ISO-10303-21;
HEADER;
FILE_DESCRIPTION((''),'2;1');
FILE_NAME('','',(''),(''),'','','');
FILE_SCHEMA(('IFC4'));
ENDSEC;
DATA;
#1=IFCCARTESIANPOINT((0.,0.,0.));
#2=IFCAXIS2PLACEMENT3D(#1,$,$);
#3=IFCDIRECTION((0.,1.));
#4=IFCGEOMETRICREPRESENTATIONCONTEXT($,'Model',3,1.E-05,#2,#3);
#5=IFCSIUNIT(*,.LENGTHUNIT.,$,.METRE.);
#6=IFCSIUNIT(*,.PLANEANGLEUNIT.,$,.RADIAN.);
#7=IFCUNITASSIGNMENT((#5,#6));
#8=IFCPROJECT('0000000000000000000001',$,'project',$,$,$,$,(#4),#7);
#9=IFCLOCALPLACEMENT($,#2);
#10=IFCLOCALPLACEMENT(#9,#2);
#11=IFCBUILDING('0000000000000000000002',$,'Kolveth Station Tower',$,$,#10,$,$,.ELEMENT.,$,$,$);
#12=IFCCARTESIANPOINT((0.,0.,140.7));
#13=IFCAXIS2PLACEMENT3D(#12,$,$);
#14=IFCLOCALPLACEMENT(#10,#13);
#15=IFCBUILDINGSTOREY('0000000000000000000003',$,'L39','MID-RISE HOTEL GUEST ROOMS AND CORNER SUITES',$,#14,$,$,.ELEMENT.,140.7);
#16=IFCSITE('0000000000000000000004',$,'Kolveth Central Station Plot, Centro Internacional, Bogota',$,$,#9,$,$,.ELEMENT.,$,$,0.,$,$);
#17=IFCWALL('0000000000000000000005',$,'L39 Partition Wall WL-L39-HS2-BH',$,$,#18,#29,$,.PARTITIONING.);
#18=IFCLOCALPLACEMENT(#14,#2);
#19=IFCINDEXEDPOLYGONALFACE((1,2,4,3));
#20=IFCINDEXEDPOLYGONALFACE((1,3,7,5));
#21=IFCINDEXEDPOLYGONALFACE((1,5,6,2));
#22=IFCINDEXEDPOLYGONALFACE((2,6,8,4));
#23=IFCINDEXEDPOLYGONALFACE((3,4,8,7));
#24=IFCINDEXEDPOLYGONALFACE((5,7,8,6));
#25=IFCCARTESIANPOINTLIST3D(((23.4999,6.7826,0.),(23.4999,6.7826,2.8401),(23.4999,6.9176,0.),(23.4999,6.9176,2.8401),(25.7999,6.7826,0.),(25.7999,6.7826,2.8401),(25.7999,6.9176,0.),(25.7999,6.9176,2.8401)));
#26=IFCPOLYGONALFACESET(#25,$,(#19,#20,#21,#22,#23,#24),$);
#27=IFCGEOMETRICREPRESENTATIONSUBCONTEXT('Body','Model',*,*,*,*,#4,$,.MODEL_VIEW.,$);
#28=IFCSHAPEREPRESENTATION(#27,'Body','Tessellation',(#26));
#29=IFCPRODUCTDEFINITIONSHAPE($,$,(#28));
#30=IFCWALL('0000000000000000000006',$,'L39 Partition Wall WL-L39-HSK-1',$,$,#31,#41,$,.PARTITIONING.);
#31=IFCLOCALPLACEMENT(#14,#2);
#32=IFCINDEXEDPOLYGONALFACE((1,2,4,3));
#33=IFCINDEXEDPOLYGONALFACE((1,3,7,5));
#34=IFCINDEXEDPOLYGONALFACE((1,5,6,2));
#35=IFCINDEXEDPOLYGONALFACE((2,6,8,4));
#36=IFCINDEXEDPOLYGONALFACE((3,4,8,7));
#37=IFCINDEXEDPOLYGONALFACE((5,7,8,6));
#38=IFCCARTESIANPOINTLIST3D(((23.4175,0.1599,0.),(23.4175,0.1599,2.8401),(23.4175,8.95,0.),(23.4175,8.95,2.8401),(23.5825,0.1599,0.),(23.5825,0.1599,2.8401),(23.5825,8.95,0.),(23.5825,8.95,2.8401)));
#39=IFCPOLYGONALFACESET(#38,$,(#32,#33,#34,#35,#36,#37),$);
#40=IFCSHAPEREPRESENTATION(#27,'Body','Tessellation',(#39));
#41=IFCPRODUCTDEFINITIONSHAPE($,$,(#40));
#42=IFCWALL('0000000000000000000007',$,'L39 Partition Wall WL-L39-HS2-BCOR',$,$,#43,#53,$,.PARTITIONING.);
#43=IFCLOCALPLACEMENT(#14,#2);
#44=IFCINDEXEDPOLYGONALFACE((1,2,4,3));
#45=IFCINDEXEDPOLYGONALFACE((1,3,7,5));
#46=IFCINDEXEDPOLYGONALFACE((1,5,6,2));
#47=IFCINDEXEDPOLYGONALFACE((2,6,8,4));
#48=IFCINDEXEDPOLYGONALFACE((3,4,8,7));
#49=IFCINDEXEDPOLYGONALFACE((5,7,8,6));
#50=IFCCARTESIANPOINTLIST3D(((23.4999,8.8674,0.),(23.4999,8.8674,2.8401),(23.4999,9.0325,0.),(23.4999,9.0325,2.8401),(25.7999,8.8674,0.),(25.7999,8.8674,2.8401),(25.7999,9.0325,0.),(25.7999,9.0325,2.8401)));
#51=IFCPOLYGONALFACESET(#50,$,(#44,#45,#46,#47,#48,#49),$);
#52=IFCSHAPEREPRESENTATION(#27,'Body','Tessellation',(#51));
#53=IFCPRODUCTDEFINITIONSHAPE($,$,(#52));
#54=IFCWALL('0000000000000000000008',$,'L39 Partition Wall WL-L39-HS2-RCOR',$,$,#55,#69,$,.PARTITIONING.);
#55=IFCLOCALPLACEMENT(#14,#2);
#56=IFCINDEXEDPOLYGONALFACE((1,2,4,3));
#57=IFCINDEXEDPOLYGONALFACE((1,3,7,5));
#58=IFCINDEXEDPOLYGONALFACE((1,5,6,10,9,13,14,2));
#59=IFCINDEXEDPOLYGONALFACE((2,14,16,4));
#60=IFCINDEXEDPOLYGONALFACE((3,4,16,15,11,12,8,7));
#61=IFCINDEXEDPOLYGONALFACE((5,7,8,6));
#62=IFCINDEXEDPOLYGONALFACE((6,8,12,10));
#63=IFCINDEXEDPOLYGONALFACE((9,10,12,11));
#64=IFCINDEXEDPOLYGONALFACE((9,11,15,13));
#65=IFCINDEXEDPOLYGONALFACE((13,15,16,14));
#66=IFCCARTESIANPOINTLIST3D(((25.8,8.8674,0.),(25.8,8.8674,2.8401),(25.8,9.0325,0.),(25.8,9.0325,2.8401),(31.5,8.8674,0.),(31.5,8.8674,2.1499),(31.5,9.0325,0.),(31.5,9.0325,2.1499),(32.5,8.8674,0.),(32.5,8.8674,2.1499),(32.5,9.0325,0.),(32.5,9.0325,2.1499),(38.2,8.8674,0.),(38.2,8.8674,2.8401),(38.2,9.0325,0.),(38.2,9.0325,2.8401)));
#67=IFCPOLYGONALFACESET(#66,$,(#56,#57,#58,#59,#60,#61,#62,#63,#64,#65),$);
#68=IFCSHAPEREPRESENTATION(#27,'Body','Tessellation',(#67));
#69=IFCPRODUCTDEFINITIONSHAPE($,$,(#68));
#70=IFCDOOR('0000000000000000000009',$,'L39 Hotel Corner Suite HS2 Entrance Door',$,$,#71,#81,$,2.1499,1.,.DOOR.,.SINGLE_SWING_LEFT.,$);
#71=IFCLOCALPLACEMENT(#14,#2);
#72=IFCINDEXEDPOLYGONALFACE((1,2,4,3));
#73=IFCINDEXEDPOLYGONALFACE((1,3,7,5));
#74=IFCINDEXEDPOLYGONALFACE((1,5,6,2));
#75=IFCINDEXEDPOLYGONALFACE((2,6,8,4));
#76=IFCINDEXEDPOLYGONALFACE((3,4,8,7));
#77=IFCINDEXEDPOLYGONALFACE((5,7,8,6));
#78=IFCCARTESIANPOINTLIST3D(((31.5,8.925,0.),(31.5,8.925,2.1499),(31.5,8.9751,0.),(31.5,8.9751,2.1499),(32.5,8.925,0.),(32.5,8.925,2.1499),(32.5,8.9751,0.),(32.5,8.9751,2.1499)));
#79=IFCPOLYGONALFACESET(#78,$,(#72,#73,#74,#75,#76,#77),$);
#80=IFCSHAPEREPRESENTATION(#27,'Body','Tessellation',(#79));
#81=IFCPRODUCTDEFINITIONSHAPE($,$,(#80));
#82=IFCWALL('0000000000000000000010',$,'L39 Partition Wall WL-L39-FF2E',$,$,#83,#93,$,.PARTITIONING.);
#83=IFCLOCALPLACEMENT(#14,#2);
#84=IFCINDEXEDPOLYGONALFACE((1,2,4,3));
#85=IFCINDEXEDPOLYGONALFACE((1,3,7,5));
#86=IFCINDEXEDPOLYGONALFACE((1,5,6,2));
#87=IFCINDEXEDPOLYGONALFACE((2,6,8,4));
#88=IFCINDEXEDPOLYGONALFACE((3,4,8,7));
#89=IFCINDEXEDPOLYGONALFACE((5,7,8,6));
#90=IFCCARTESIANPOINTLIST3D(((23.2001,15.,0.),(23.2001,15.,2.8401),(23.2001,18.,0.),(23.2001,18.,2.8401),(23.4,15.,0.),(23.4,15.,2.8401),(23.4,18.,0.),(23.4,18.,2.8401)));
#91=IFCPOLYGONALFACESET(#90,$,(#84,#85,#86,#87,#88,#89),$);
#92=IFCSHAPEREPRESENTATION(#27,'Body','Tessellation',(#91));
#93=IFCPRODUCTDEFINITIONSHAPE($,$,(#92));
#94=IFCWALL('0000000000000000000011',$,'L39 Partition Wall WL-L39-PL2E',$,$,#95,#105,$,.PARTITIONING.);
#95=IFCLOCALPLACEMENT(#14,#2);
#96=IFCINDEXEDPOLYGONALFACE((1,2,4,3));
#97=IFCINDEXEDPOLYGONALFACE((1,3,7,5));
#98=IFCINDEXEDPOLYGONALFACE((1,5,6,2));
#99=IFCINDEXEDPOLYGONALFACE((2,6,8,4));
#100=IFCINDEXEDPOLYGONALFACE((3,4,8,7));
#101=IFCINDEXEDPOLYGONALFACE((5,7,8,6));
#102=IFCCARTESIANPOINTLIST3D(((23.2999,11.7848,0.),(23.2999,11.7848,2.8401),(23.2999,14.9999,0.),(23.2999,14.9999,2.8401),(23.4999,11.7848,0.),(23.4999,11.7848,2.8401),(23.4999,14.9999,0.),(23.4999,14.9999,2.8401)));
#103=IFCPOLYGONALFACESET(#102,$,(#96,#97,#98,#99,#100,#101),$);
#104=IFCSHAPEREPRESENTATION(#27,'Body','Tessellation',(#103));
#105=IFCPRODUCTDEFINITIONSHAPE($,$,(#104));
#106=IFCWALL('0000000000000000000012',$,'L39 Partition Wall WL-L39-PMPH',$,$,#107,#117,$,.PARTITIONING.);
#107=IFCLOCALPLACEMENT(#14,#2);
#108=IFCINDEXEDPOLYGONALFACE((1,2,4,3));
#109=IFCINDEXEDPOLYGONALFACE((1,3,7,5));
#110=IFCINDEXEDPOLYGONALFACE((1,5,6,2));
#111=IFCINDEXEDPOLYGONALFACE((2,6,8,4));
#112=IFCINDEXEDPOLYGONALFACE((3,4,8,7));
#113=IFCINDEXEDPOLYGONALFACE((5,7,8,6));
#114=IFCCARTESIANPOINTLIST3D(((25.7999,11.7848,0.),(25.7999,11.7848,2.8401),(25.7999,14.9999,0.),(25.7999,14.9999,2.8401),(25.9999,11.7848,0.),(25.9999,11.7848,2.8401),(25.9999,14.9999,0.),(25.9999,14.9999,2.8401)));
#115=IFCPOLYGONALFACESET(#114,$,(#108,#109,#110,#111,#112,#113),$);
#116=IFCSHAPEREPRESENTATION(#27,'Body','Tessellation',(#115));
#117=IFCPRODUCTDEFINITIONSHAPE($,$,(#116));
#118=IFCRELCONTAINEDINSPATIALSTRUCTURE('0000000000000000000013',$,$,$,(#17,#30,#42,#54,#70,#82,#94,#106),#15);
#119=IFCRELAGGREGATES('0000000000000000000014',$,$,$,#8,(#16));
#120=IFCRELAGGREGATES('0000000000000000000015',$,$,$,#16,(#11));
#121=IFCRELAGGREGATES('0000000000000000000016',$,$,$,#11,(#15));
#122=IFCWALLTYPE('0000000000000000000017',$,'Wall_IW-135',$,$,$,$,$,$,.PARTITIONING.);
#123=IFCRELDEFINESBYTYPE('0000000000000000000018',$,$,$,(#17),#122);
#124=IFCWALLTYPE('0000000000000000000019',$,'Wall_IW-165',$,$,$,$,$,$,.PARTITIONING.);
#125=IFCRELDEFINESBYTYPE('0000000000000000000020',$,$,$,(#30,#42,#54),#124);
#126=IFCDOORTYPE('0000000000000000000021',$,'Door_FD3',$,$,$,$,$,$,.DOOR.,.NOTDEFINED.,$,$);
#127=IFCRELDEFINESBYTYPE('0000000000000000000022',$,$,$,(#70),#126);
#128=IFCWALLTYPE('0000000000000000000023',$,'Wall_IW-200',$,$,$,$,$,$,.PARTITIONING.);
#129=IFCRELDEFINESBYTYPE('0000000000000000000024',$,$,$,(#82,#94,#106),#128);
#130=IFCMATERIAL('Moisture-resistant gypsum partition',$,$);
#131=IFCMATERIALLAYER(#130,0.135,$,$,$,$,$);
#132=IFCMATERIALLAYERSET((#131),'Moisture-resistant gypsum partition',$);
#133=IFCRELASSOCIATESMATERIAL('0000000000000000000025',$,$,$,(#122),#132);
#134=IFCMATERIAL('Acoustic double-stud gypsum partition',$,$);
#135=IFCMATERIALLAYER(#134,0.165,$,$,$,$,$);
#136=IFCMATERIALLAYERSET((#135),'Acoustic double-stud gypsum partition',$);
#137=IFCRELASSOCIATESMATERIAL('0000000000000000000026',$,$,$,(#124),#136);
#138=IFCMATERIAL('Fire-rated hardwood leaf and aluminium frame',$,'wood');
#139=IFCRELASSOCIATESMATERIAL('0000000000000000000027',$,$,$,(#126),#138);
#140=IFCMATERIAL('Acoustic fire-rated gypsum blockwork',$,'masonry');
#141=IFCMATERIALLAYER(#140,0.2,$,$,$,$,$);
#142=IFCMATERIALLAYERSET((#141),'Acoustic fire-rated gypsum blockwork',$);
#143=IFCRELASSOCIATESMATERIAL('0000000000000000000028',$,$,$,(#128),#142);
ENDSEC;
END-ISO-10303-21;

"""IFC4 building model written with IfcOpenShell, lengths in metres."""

from ifc_helpers import new_model, si_unit, direction, frame, frame_2d, origin, place, context, subcontext, project, spatial, rectangle, extrude, material, layer, layer_set, type_object, element, fill, save


model = new_model("IFC4")

# Units and contexts
model_context = context("Model", 3, precision=1e-05, world=origin(), true_north=direction((0.0, 1.0)))
body_context = subcontext(model_context, "Body", "Model", "MODEL_VIEW")
ifc_project = project(units=[si_unit("LENGTHUNIT", "METRE"), si_unit("PLANEANGLEUNIT", "RADIAN")], contexts=[model_context])

# Site, building, storey
site_placement = place(None, origin())
site = spatial("IfcSite", under=ifc_project, at=site_placement, Name="Kolveth Central Station Plot, Centro Internacional, Bogota", CompositionType="ELEMENT", RefElevation=0.0)
building_placement = place(site_placement, origin())
building = spatial("IfcBuilding", under=site, at=building_placement, Name="Kolveth Station Tower", CompositionType="ELEMENT")
storey_placement = place(building_placement, frame((0.0, 0.0, 140.7)))
storey = spatial("IfcBuildingStorey", under=building, at=storey_placement, Name="L39", Description="MID-RISE HOTEL GUEST ROOMS AND CORNER SUITES", CompositionType="ELEMENT", Elevation=140.7)

# Shared definitions
ifc_material_1 = material(Name="Moisture-resistant gypsum partition")
ifc_layer_1 = layer(ifc_material_1, 0.135)
ifc_layer_set_1 = layer_set([ifc_layer_1], Name="Moisture-resistant gypsum partition")
wall_type_1 = type_object("IfcWallType", Name="Wall_IW-135", PredefinedType="PARTITIONING", material=ifc_layer_set_1)

# Walls
wall_1_placement = place(storey_placement, frame((23.5, 6.8501, 0.0), z_axis=(0.0, 0.0, 1.0), x_axis=(1.0, 0.0, 0.0)))
element("IfcWall", 1, at=wall_1_placement, inside=storey, type_object=wall_type_1, Name="L39 Partition Wall WL-L39-HS2-BH", PredefinedType="PARTITIONING", context=body_context, shape_type="SweptSolid", body=[
    extrude(rectangle(XDim=2.3, YDim=0.135, at=frame_2d((1.1499, 0.0))), origin(), (0.0, 0.0, 1.0), 2.8401),
])
ifc_material_2 = material(Name="Acoustic double-stud gypsum partition")
ifc_layer_2 = layer(ifc_material_2, 0.165)
ifc_layer_set_2 = layer_set([ifc_layer_2], Name="Acoustic double-stud gypsum partition")
wall_type_2 = type_object("IfcWallType", Name="Wall_IW-165", PredefinedType="PARTITIONING", material=ifc_layer_set_2)
wall_2_placement = place(storey_placement, frame((23.5, 0.1599, 0.0), z_axis=(0.0, 0.0, 1.0), x_axis=(0.0, 1.0, 0.0)))
element("IfcWall", 2, at=wall_2_placement, inside=storey, type_object=wall_type_2, Name="L39 Partition Wall WL-L39-HSK-1", PredefinedType="PARTITIONING", context=body_context, shape_type="SweptSolid", body=[
    extrude(rectangle(XDim=8.79, YDim=0.165, at=frame_2d((4.395, 0.0))), origin(), (0.0, 0.0, 1.0), 2.8401),
])
wall_3_placement = place(storey_placement, frame((23.5, 8.95, 0.0), z_axis=(0.0, 0.0, 1.0), x_axis=(1.0, 0.0, 0.0)))
element("IfcWall", 3, at=wall_3_placement, inside=storey, type_object=wall_type_2, Name="L39 Partition Wall WL-L39-HS2-BCOR", PredefinedType="PARTITIONING", context=body_context, shape_type="SweptSolid", body=[
    extrude(rectangle(XDim=2.3, YDim=0.165, at=frame_2d((1.1499, 0.0))), origin(), (0.0, 0.0, 1.0), 2.8401),
])

# Wall, opening, door
wall_4_placement = place(storey_placement, frame((25.8, 8.95, 0.0), z_axis=(0.0, 0.0, 1.0), x_axis=(1.0, 0.0, 0.0)))
wall_4 = element("IfcWall", 4, at=wall_4_placement, inside=storey, type_object=wall_type_2, Name="L39 Partition Wall WL-L39-HS2-RCOR", PredefinedType="PARTITIONING", context=body_context, shape_type="SweptSolid", body=[
    extrude(rectangle(XDim=12.3999, YDim=0.165, at=frame_2d((6.2, 0.0))), origin(), (0.0, 0.0, 1.0), 2.8401),
])
opening_1_placement = place(wall_4_placement, frame((5.7, 0.0, 0.0)))
opening_1 = element("IfcOpeningElement", 5, at=opening_1_placement, cuts=wall_4, PredefinedType="OPENING", context=body_context, shape_type="SweptSolid", body=[
    extrude(rectangle(XDim=1.0, YDim=2.1499, at=frame_2d((0.5, 1.075))), frame((0.0, 0.0925, 0.0), z_axis=(0.0, -1.0, 0.0), x_axis=(1.0, 0.0, 0.0)), (0.0, 0.0, 1.0), 0.1851),
])
ifc_material_3 = material(Name="Fire-rated hardwood leaf and aluminium frame", Category="wood")
door_type_1 = type_object("IfcDoorType", Name="Door_FD3", OperationType="NOTDEFINED", PredefinedType="DOOR", material=ifc_material_3)
door_1_placement = place(opening_1_placement, frame((1.0, 0.0, 0.0), z_axis=(0.0, 0.0, 1.0), x_axis=(-1.0, 0.0, 0.0)))
door_1 = element("IfcDoor", 6, at=door_1_placement, inside=storey, type_object=door_type_1, Name="L39 Hotel Corner Suite HS2 Entrance Door", OperationType="SINGLE_SWING_LEFT", OverallHeight=2.1499, OverallWidth=1.0, PredefinedType="DOOR", context=body_context, shape_type="SweptSolid", body=[
    extrude(rectangle(XDim=1.0, YDim=2.1499, at=frame_2d((0.5, 1.075))), frame((0.0, 0.0249, 0.0), z_axis=(0.0, -1.0, 0.0), x_axis=(1.0, 0.0, 0.0)), (0.0, 0.0, 1.0), 0.05),
])
fill(opening_1, door_1)

# Walls
ifc_material_4 = material(Name="Acoustic fire-rated gypsum blockwork", Category="masonry")
ifc_layer_3 = layer(ifc_material_4, 0.2)
ifc_layer_set_3 = layer_set([ifc_layer_3], Name="Acoustic fire-rated gypsum blockwork")
wall_type_3 = type_object("IfcWallType", Name="Wall_IW-200", PredefinedType="PARTITIONING", material=ifc_layer_set_3)
wall_5_placement = place(storey_placement, frame((23.3, 15.0, 0.0), z_axis=(0.0, 0.0, 1.0), x_axis=(0.0, 1.0, 0.0)))
element("IfcWall", 7, at=wall_5_placement, inside=storey, type_object=wall_type_3, Name="L39 Partition Wall WL-L39-FF2E", PredefinedType="PARTITIONING", context=body_context, shape_type="SweptSolid", body=[
    extrude(rectangle(XDim=3.0, YDim=0.2, at=frame_2d((1.5, 0.0))), origin(), (0.0, 0.0, 1.0), 2.8401),
])
for number, where, z_axis, x_axis, name in (
    (8, (23.3999, 11.7849, 0.0), (0.0, 0.0, 1.0), (0.0, 1.0, 0.0), "L39 Partition Wall WL-L39-PL2E"),
    (9, (25.8999, 11.7849, 0.0), (0.0, 0.0, 1.0), (0.0, 1.0, 0.0), "L39 Partition Wall WL-L39-PMPH"),
):
    element("IfcWall", number, at=place(storey_placement, frame(where, z_axis=z_axis, x_axis=x_axis)), inside=storey, type_object=wall_type_3, Name=name, PredefinedType="PARTITIONING", context=body_context, shape_type="SweptSolid", body=[
        extrude(rectangle(XDim=3.2151, YDim=0.2, at=frame_2d((1.6074, 0.0))), origin(), (0.0, 0.0, 1.0), 2.8401),
    ])

save(model, "model.ifc")
